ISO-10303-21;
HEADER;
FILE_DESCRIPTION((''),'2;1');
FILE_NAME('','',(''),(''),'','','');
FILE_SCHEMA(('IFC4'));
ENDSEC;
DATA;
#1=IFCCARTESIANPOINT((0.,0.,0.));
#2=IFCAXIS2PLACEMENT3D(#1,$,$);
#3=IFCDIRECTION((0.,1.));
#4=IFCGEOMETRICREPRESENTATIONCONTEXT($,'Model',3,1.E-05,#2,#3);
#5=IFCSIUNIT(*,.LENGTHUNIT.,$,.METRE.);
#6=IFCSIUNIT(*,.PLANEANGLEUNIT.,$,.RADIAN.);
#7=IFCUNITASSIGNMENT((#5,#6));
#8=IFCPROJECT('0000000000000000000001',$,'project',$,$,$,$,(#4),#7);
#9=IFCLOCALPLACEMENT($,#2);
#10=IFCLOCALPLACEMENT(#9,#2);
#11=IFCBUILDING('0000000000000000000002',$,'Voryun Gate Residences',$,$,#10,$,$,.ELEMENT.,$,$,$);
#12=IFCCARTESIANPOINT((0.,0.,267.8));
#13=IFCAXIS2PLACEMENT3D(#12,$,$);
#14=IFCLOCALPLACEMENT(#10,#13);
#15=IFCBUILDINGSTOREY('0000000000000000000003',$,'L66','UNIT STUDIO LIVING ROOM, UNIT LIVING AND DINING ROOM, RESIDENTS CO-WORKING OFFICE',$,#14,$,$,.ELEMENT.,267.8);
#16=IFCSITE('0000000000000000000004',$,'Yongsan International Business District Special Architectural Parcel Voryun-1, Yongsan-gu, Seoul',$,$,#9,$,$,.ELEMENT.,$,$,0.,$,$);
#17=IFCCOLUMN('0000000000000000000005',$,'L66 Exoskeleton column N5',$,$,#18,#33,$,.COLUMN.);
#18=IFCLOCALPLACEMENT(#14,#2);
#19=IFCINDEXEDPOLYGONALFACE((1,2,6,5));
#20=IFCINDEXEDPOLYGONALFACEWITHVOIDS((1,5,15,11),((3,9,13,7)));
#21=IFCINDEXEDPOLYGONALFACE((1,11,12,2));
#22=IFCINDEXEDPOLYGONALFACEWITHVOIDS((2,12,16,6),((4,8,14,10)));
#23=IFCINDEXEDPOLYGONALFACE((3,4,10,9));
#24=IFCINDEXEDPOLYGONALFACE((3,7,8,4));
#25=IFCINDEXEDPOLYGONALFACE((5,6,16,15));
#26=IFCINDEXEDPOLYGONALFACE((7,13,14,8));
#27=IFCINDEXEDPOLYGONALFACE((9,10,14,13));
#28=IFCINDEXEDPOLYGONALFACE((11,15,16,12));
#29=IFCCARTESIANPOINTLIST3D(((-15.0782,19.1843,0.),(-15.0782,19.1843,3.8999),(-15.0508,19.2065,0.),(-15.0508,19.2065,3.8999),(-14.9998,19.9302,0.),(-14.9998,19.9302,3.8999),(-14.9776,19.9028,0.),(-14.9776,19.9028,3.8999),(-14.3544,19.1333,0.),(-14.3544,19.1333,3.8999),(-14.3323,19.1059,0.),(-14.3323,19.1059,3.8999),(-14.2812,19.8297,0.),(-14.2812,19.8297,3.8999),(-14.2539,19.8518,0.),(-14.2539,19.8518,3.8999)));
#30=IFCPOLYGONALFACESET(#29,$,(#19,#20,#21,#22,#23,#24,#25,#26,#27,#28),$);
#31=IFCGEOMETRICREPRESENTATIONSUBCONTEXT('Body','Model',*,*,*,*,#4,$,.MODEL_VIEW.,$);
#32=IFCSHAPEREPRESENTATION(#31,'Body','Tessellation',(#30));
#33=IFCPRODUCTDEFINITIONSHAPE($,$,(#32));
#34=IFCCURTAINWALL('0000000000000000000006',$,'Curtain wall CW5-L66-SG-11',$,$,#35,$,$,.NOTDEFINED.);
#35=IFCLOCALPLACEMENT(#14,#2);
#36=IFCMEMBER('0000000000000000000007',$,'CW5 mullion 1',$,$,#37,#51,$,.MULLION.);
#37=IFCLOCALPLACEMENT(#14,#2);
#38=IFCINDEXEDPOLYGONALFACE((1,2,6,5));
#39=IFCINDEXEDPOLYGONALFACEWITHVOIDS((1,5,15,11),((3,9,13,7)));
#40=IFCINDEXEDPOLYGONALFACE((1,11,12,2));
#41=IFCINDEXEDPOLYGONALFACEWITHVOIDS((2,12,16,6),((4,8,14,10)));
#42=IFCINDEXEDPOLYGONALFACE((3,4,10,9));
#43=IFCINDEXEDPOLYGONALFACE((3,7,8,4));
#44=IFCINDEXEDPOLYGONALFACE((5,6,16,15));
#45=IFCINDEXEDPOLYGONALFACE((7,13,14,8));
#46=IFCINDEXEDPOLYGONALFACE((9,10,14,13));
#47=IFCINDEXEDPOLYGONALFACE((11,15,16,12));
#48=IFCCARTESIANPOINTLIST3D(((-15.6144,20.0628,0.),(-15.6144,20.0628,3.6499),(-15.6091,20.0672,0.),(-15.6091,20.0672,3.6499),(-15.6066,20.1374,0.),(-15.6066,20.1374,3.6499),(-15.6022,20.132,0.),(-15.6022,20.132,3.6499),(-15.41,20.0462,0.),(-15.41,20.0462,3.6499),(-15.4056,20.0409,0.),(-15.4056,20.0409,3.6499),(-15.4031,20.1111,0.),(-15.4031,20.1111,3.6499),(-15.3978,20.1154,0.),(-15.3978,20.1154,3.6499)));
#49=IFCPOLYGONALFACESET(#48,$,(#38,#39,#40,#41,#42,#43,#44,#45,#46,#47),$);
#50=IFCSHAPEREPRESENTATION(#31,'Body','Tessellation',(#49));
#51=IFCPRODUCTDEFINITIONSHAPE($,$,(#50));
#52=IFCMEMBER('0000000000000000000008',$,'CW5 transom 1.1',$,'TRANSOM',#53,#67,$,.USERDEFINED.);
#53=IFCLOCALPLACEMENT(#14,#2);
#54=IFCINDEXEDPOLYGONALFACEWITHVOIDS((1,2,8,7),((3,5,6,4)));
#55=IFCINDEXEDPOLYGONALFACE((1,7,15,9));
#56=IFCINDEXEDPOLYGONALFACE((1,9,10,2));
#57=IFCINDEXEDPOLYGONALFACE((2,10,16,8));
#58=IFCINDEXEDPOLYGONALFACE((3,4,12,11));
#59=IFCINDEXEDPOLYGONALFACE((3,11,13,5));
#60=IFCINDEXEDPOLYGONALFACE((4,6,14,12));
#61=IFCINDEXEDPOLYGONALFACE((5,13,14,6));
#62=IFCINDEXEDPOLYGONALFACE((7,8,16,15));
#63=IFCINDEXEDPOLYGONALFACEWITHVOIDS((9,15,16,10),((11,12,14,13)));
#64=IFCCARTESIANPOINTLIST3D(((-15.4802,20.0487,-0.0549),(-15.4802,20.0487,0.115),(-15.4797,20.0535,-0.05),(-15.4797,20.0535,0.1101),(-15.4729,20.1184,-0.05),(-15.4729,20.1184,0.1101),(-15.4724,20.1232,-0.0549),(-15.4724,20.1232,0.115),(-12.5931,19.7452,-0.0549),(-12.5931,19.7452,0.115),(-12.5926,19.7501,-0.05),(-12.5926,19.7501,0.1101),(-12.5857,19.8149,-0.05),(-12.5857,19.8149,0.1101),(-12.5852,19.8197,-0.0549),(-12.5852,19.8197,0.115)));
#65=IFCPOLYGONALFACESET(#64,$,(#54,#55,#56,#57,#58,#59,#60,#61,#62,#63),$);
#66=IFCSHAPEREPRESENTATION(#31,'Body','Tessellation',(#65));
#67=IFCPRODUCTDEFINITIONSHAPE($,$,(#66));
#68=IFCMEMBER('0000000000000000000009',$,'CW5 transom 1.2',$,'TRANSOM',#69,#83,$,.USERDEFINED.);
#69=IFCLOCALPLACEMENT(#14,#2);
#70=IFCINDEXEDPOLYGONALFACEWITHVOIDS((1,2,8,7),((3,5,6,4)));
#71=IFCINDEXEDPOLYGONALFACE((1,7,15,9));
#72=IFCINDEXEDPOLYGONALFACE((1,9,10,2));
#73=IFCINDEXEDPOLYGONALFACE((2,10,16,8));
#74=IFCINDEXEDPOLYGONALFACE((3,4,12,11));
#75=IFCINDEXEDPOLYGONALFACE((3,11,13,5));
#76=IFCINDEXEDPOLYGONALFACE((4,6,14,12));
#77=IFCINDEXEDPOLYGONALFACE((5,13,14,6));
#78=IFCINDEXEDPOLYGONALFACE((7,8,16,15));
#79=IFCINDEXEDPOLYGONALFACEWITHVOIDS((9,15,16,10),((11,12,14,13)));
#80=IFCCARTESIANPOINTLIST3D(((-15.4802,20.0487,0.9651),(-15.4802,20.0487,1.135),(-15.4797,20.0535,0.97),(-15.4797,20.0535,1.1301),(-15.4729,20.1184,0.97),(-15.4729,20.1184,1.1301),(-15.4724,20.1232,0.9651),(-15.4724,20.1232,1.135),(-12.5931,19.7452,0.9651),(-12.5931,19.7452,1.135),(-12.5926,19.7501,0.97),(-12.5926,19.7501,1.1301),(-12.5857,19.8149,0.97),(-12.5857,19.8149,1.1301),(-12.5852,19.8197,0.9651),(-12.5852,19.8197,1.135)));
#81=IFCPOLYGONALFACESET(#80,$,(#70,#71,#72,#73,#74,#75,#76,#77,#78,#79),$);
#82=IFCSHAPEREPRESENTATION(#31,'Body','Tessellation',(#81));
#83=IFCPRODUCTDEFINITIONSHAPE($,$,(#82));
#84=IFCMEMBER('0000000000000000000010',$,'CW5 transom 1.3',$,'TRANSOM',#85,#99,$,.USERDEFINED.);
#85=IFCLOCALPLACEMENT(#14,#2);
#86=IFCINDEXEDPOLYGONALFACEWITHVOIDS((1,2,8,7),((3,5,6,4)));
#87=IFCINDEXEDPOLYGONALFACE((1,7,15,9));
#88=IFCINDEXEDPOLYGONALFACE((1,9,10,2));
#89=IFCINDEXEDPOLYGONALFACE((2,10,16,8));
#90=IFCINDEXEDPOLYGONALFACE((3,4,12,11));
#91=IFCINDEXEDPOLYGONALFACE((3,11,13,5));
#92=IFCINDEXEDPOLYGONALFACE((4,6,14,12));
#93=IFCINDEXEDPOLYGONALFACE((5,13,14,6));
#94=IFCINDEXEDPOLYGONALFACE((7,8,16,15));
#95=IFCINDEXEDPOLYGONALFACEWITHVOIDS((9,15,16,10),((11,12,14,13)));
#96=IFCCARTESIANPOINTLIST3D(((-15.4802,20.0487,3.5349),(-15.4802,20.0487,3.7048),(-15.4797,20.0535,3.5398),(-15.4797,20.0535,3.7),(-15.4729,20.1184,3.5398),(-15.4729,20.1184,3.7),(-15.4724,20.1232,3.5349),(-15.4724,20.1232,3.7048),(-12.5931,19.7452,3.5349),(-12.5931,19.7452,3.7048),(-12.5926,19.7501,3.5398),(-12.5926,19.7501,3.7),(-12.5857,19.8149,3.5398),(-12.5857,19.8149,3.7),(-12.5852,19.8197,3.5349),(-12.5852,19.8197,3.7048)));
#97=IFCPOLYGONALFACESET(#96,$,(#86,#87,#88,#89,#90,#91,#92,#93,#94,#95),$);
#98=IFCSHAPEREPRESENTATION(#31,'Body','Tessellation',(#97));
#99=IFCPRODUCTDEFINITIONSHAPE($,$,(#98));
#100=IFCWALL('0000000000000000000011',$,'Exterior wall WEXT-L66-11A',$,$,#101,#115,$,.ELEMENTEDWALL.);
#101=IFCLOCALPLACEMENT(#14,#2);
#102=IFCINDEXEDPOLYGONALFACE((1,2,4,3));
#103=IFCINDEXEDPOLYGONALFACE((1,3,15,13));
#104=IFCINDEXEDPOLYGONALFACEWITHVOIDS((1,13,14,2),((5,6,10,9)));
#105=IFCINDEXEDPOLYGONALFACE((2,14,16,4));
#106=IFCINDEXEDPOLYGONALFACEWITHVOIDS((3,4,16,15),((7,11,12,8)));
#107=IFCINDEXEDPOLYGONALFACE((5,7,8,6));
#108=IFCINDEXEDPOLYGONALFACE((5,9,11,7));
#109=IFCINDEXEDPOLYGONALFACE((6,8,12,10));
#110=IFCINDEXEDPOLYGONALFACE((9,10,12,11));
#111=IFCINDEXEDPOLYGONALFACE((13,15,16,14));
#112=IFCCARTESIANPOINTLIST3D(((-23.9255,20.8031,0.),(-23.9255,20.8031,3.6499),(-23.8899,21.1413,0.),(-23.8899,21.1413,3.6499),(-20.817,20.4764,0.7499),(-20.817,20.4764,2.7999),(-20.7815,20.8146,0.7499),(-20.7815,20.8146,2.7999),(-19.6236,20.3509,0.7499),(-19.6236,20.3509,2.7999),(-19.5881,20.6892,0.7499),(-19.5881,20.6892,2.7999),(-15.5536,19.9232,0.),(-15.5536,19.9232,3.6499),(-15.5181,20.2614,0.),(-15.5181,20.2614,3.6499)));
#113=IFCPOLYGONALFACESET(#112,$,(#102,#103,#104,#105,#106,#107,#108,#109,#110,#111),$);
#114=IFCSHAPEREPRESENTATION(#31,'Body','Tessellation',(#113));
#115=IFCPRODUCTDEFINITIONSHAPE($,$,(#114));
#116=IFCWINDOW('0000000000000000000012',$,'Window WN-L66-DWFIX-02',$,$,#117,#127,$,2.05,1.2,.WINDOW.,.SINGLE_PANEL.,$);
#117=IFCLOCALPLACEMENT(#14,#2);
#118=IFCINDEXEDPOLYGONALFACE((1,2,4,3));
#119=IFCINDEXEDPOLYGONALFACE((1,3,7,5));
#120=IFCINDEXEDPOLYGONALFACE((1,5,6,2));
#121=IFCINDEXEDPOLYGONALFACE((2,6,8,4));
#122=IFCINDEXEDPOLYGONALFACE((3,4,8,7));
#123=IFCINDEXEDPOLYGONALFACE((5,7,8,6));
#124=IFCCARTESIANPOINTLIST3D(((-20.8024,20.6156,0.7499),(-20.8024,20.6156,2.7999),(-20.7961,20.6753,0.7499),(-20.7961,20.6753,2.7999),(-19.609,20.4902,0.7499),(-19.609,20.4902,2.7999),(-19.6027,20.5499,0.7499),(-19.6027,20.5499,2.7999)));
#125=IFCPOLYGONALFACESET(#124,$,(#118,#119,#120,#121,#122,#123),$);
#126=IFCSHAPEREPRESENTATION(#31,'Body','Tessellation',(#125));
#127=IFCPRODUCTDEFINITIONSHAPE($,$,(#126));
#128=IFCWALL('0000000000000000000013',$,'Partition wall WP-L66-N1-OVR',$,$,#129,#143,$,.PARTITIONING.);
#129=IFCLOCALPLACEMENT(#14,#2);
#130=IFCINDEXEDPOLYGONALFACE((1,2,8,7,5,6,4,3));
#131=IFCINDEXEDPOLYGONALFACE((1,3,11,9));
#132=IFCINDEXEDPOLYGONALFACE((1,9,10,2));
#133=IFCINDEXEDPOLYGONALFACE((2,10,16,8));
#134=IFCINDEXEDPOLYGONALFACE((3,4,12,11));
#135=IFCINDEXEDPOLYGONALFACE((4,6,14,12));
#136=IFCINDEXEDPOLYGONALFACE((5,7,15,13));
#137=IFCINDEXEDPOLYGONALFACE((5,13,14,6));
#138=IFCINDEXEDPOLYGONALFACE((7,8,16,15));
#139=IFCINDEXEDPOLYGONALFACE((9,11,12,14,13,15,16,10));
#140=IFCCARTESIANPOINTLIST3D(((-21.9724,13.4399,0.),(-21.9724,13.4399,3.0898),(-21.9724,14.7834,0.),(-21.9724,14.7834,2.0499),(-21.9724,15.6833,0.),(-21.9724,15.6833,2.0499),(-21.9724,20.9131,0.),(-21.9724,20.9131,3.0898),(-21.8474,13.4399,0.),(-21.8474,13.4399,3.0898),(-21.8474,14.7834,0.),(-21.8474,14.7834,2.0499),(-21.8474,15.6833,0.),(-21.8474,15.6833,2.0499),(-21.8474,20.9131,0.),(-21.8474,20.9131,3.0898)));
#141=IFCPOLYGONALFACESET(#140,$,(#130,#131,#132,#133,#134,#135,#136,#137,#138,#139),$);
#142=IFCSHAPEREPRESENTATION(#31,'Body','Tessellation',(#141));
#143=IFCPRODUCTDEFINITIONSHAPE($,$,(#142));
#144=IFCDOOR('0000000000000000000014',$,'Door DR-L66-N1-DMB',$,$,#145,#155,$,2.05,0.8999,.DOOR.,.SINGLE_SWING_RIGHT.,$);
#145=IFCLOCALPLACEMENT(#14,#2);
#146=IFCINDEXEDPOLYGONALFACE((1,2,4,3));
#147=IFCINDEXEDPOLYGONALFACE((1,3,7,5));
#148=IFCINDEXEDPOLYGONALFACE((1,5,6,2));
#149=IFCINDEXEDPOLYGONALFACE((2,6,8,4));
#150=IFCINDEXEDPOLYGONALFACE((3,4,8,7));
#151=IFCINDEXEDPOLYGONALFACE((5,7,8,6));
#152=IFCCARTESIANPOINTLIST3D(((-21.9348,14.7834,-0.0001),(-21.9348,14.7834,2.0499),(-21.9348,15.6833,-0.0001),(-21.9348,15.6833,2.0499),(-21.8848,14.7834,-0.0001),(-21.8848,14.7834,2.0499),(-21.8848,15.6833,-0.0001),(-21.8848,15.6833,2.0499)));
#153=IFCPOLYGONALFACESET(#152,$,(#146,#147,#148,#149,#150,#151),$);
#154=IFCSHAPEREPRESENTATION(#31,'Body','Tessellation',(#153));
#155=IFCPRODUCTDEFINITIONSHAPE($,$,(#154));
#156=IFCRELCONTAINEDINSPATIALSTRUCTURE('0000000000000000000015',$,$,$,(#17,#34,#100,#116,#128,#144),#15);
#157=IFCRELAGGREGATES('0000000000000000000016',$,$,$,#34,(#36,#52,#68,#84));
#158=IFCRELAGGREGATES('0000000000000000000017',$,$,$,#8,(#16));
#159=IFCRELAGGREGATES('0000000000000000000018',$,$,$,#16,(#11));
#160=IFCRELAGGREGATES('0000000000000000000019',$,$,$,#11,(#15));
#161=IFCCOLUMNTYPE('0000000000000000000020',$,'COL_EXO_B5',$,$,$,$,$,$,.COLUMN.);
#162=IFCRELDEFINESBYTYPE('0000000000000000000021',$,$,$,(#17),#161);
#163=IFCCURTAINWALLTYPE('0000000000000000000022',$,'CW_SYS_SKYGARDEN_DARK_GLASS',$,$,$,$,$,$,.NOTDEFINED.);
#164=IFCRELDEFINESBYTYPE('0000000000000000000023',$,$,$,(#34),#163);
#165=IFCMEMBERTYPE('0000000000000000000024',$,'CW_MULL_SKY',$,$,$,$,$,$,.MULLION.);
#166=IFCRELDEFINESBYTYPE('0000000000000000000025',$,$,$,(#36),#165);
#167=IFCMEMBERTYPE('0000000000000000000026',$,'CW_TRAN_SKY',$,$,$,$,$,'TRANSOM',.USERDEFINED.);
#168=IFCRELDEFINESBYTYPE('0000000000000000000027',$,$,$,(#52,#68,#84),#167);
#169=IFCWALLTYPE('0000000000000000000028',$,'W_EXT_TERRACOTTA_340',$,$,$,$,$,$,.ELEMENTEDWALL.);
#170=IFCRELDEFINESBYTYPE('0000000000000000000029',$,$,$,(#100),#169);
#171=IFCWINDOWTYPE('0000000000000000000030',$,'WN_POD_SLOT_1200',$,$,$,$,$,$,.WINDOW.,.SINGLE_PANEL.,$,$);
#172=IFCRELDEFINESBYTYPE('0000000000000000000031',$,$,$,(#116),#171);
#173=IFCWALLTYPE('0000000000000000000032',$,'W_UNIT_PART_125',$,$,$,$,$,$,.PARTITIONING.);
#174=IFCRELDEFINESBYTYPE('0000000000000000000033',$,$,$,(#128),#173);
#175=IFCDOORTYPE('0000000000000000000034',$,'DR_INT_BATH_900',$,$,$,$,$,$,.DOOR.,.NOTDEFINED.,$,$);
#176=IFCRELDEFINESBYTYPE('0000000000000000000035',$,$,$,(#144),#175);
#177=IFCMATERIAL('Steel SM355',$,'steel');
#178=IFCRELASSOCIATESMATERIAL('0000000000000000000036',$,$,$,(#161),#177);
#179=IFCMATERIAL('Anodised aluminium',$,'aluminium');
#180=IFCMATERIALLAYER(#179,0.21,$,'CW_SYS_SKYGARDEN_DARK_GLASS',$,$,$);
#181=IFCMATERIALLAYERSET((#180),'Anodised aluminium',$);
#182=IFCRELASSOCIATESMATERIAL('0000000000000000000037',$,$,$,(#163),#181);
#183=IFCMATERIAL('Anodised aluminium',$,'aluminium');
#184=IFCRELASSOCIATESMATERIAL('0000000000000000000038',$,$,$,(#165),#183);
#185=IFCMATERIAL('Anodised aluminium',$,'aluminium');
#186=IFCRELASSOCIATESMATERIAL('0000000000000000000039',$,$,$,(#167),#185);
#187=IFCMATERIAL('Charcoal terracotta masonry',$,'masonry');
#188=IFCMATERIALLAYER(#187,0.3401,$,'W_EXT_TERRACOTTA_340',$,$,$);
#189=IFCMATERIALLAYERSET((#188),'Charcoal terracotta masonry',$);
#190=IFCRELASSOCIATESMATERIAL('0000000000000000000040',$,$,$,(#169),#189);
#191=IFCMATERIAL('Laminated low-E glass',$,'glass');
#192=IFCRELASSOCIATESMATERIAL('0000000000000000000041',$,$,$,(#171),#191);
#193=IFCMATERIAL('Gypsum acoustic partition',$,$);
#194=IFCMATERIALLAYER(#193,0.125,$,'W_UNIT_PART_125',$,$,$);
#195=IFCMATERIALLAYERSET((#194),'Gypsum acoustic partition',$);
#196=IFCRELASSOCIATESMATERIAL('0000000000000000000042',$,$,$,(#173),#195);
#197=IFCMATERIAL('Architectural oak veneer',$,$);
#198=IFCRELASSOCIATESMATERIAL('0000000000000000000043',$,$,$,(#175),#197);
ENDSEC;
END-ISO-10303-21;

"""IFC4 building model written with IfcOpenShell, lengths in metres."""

from ifc_helpers import new_model, si_unit, direction, frame, frame_2d, origin, origin_2d, place, context, subcontext, project, spatial, rectangle, hollow_rectangle, extrude, material, layer, layer_set, material_profile, profile_set, type_object, element, fill, aggregate, save


model = new_model("IFC4")

# Units and contexts
model_context = context("Model", 3, precision=1e-05, world=origin(), true_north=direction((0.0, 1.0)))
body_context = subcontext(model_context, "Body", "Model", "MODEL_VIEW")
ifc_project = project(units=[si_unit("LENGTHUNIT", "METRE"), si_unit("PLANEANGLEUNIT", "RADIAN")], contexts=[model_context])

# Site, building, storey
site_placement = place(None, origin())
site = spatial("IfcSite", under=ifc_project, at=site_placement, Name="Yongsan International Business District Special Architectural Parcel Voryun-1, Yongsan-gu, Seoul", CompositionType="ELEMENT", RefElevation=0.0)
building_placement = place(site_placement, origin())
building = spatial("IfcBuilding", under=site, at=building_placement, Name="Voryun Gate Residences", CompositionType="ELEMENT")
storey_placement = place(building_placement, frame((0.0, 0.0, 267.8)))
storey = spatial("IfcBuildingStorey", under=building, at=storey_placement, Name="L66", Description="UNIT STUDIO LIVING ROOM, UNIT LIVING AND DINING ROOM, RESIDENTS CO-WORKING OFFICE", CompositionType="ELEMENT", Elevation=267.8)

# Column
ifc_material_1 = material(Name="Steel SM355", Category="steel")
ifc_material_profile_1 = material_profile(ifc_material_1, hollow_rectangle(XDim=0.75, YDim=0.75, WallThickness=0.0249, at=origin_2d()), Name="BOX-750x750x25")
ifc_profile_set_1 = profile_set([ifc_material_profile_1], Name="Steel SM355")
column_type = type_object("IfcColumnType", Name="COL_EXO_B5", PredefinedType="COLUMN", material=ifc_profile_set_1)
column_placement = place(storey_placement, frame((-14.666, 19.5181, 0.0), z_axis=(0.0, 0.0, 1.0), x_axis=(0.994522, -0.104528, 0.0)))
element("IfcColumn", 1, at=column_placement, inside=storey, type_object=column_type, Name="L66 Exoskeleton column N5", PredefinedType="COLUMN", context=body_context, shape_type="SweptSolid", body=[
    extrude(hollow_rectangle(XDim=0.75, YDim=0.75, WallThickness=0.0249, at=origin_2d()), origin(), (0.0, 0.0, 1.0), 3.8999),
])

# Curtain wall, members
ifc_material_2 = material(Name="Anodised aluminium", Category="aluminium")
ifc_layer_1 = layer(ifc_material_2, 0.21, Name="CW_SYS_SKYGARDEN_DARK_GLASS")
ifc_layer_set_1 = layer_set([ifc_layer_1], Name="Anodised aluminium")
curtain_wall_type = type_object("IfcCurtainWallType", Name="CW_SYS_SKYGARDEN_DARK_GLASS", PredefinedType="NOTDEFINED", material=ifc_layer_set_1)
curtain_wall_placement = place(storey_placement, origin())
curtain_wall = element("IfcCurtainWall", 2, at=curtain_wall_placement, inside=storey, type_object=curtain_wall_type, Name="Curtain wall CW5-L66-SG-11", PredefinedType="NOTDEFINED")
ifc_material_3 = material(Name="Anodised aluminium", Category="aluminium")
ifc_material_profile_2 = material_profile(ifc_material_3, hollow_rectangle(XDim=0.075, YDim=0.21, WallThickness=0.0049, at=origin_2d()), Name="ALU-MULL-210x75x5")
ifc_profile_set_2 = profile_set([ifc_material_profile_2], Name="Anodised aluminium")
member_type_1 = type_object("IfcMemberType", Name="CW_MULL_SKY", PredefinedType="MULLION", material=ifc_profile_set_2)
member_1_placement = place(storey_placement, frame((-15.5061, 20.0891, 0.0), z_axis=(0.0, 0.0, 1.0), x_axis=(0.104532, 0.994521, 0.0)))
member_1 = element("IfcMember", 3, at=member_1_placement, type_object=member_type_1, Name="CW5 mullion 1", PredefinedType="MULLION", context=body_context, shape_type="SweptSolid", body=[
    extrude(hollow_rectangle(XDim=0.075, YDim=0.21, WallThickness=0.0049, at=origin_2d()), origin(), (0.0, 0.0, 1.0), 3.6499),
])
ifc_material_4 = material(Name="Anodised aluminium", Category="aluminium")
ifc_material_profile_3 = material_profile(ifc_material_4, hollow_rectangle(XDim=0.075, YDim=0.1699, WallThickness=0.0049, at=origin_2d()), Name="ALU-TRAN-170x75x5")
ifc_profile_set_3 = profile_set([ifc_material_profile_3], Name="Anodised aluminium")
member_type_2 = type_object("IfcMemberType", Name="CW_TRAN_SKY", ElementType="TRANSOM", PredefinedType="USERDEFINED", material=ifc_profile_set_3)
member_2_placement = place(storey_placement, frame((-15.4763, 20.0859, 0.03), z_axis=(0.994522, -0.104532, 0.0), x_axis=(0.104532, 0.994522, 0.0)))
member_2 = element("IfcMember", 4, at=member_2_placement, type_object=member_type_2, Name="CW5 transom 1.1", ObjectType="TRANSOM", PredefinedType="USERDEFINED", context=body_context, shape_type="SweptSolid", body=[
    extrude(hollow_rectangle(XDim=0.075, YDim=0.1699, WallThickness=0.0049, at=origin_2d()), origin(), (0.0, 0.0, 1.0), 2.9031),
])
member_3_placement = place(storey_placement, frame((-15.4763, 20.0859, 1.05), z_axis=(0.994522, -0.104532, 0.0), x_axis=(0.104532, 0.994522, 0.0)))
member_3 = element("IfcMember", 5, at=member_3_placement, type_object=member_type_2, Name="CW5 transom 1.2", ObjectType="TRANSOM", PredefinedType="USERDEFINED", context=body_context, shape_type="SweptSolid", body=[
    extrude(hollow_rectangle(XDim=0.075, YDim=0.1699, WallThickness=0.0049, at=origin_2d()), origin(), (0.0, 0.0, 1.0), 2.9031),
])
member_4_placement = place(storey_placement, frame((-15.4763, 20.0859, 3.6199), z_axis=(0.994522, -0.104532, 0.0), x_axis=(0.104532, 0.994522, 0.0)))
member_4 = element("IfcMember", 6, at=member_4_placement, type_object=member_type_2, Name="CW5 transom 1.3", ObjectType="TRANSOM", PredefinedType="USERDEFINED", context=body_context, shape_type="SweptSolid", body=[
    extrude(hollow_rectangle(XDim=0.075, YDim=0.1699, WallThickness=0.0049, at=origin_2d()), origin(), (0.0, 0.0, 1.0), 2.9031),
])
aggregate(curtain_wall, [member_1, member_2, member_3, member_4])

# Wall, opening, window
ifc_material_5 = material(Name="Charcoal terracotta masonry", Category="masonry")
ifc_layer_2 = layer(ifc_material_5, 0.3401, Name="W_EXT_TERRACOTTA_340")
ifc_layer_set_2 = layer_set([ifc_layer_2], Name="Charcoal terracotta masonry")
wall_type_1 = type_object("IfcWallType", Name="W_EXT_TERRACOTTA_340", PredefinedType="ELEMENTEDWALL", material=ifc_layer_set_2)
wall_1_placement = place(storey_placement, frame((-23.9077, 20.9722, 0.0), z_axis=(0.0, 0.0, 1.0), x_axis=(0.994522, -0.104525, 0.0)))
wall_1 = element("IfcWall", 7, at=wall_1_placement, inside=storey, type_object=wall_type_1, Name="Exterior wall WEXT-L66-11A", PredefinedType="ELEMENTEDWALL", context=body_context, shape_type="SweptSolid", body=[
    extrude(rectangle(XDim=8.418, YDim=0.3401, at=frame_2d((4.209, 0.0))), origin(), (0.0, 0.0, 1.0), 3.6499),
])
opening_1_placement = place(wall_1_placement, frame((3.1255, 0.0, 0.75)))
opening_1 = element("IfcOpeningElement", 8, at=opening_1_placement, cuts=wall_1, PredefinedType="OPENING", context=body_context, shape_type="SweptSolid", body=[
    extrude(rectangle(XDim=1.2, YDim=2.05, at=frame_2d((0.6001, 1.0249))), frame((0.0, 0.1799, 0.0), z_axis=(0.0, -1.0, 0.0), x_axis=(1.0, 0.0, 0.0)), (0.0, 0.0, 1.0), 0.3601),
])
ifc_material_6 = material(Name="Laminated low-E glass", Category="glass")
window_type = type_object("IfcWindowType", Name="WN_POD_SLOT_1200", PartitioningType="SINGLE_PANEL", PredefinedType="WINDOW", material=ifc_material_6)
window_placement = place(opening_1_placement, origin())
window = element("IfcWindow", 9, at=window_placement, inside=storey, type_object=window_type, Name="Window WN-L66-DWFIX-02", OverallHeight=2.05, OverallWidth=1.2, PartitioningType="SINGLE_PANEL", PredefinedType="WINDOW", context=body_context, shape_type="SweptSolid", body=[
    extrude(rectangle(XDim=1.2, YDim=2.05, at=frame_2d((0.6001, 1.0249))), frame((0.0, 0.03, 0.0), z_axis=(0.0, -1.0, 0.0), x_axis=(1.0, 0.0, 0.0)), (0.0, 0.0, 1.0), 0.0601),
])
fill(opening_1, window)

# Wall, opening, door
ifc_material_7 = material(Name="Gypsum acoustic partition")
ifc_layer_3 = layer(ifc_material_7, 0.125, Name="W_UNIT_PART_125")
ifc_layer_set_3 = layer_set([ifc_layer_3], Name="Gypsum acoustic partition")
wall_type_2 = type_object("IfcWallType", Name="W_UNIT_PART_125", PredefinedType="PARTITIONING", material=ifc_layer_set_3)
wall_2_placement = place(storey_placement, frame((-21.9099, 13.4399, 0.0), z_axis=(0.0, 0.0, 1.0), x_axis=(0.0, 1.0, 0.0)))
wall_2 = element("IfcWall", 10, at=wall_2_placement, inside=storey, type_object=wall_type_2, Name="Partition wall WP-L66-N1-OVR", PredefinedType="PARTITIONING", context=body_context, shape_type="SweptSolid", body=[
    extrude(rectangle(XDim=7.4731, YDim=0.125, at=frame_2d((3.7366, 0.0))), origin(), (0.0, 0.0, 1.0), 3.0898),
])
opening_2_placement = place(wall_2_placement, frame((1.3435, 0.0, 0.0)))
opening_2 = element("IfcOpeningElement", 11, at=opening_2_placement, cuts=wall_2, PredefinedType="OPENING", context=body_context, shape_type="SweptSolid", body=[
    extrude(rectangle(XDim=0.8999, YDim=2.05, at=frame_2d((0.45, 1.0249))), frame((0.0, 0.0725, 0.0), z_axis=(0.0, -1.0, 0.0), x_axis=(1.0, 0.0, 0.0)), (0.0, 0.0, 1.0), 0.145),
])
ifc_material_8 = material(Name="Architectural oak veneer")
door_type = type_object("IfcDoorType", Name="DR_INT_BATH_900", OperationType="NOTDEFINED", PredefinedType="DOOR", material=ifc_material_8)
door_1_placement = place(opening_2_placement, origin())
door_1 = element("IfcDoor", 12, at=door_1_placement, inside=storey, type_object=door_type, Name="Door DR-L66-N1-DMB", OperationType="SINGLE_SWING_RIGHT", OverallHeight=2.05, OverallWidth=0.8999, PredefinedType="DOOR", context=body_context, shape_type="SweptSolid", body=[
    extrude(rectangle(XDim=0.8999, YDim=2.05, at=frame_2d((0.45, 1.0249))), frame((0.0, 0.0249, 0.0), z_axis=(0.0, -1.0, 0.0), x_axis=(1.0, 0.0, 0.0)), (0.0, 0.0, 1.0), 0.05),
])
fill(opening_2, door_1)

save(model, "model.ifc")
